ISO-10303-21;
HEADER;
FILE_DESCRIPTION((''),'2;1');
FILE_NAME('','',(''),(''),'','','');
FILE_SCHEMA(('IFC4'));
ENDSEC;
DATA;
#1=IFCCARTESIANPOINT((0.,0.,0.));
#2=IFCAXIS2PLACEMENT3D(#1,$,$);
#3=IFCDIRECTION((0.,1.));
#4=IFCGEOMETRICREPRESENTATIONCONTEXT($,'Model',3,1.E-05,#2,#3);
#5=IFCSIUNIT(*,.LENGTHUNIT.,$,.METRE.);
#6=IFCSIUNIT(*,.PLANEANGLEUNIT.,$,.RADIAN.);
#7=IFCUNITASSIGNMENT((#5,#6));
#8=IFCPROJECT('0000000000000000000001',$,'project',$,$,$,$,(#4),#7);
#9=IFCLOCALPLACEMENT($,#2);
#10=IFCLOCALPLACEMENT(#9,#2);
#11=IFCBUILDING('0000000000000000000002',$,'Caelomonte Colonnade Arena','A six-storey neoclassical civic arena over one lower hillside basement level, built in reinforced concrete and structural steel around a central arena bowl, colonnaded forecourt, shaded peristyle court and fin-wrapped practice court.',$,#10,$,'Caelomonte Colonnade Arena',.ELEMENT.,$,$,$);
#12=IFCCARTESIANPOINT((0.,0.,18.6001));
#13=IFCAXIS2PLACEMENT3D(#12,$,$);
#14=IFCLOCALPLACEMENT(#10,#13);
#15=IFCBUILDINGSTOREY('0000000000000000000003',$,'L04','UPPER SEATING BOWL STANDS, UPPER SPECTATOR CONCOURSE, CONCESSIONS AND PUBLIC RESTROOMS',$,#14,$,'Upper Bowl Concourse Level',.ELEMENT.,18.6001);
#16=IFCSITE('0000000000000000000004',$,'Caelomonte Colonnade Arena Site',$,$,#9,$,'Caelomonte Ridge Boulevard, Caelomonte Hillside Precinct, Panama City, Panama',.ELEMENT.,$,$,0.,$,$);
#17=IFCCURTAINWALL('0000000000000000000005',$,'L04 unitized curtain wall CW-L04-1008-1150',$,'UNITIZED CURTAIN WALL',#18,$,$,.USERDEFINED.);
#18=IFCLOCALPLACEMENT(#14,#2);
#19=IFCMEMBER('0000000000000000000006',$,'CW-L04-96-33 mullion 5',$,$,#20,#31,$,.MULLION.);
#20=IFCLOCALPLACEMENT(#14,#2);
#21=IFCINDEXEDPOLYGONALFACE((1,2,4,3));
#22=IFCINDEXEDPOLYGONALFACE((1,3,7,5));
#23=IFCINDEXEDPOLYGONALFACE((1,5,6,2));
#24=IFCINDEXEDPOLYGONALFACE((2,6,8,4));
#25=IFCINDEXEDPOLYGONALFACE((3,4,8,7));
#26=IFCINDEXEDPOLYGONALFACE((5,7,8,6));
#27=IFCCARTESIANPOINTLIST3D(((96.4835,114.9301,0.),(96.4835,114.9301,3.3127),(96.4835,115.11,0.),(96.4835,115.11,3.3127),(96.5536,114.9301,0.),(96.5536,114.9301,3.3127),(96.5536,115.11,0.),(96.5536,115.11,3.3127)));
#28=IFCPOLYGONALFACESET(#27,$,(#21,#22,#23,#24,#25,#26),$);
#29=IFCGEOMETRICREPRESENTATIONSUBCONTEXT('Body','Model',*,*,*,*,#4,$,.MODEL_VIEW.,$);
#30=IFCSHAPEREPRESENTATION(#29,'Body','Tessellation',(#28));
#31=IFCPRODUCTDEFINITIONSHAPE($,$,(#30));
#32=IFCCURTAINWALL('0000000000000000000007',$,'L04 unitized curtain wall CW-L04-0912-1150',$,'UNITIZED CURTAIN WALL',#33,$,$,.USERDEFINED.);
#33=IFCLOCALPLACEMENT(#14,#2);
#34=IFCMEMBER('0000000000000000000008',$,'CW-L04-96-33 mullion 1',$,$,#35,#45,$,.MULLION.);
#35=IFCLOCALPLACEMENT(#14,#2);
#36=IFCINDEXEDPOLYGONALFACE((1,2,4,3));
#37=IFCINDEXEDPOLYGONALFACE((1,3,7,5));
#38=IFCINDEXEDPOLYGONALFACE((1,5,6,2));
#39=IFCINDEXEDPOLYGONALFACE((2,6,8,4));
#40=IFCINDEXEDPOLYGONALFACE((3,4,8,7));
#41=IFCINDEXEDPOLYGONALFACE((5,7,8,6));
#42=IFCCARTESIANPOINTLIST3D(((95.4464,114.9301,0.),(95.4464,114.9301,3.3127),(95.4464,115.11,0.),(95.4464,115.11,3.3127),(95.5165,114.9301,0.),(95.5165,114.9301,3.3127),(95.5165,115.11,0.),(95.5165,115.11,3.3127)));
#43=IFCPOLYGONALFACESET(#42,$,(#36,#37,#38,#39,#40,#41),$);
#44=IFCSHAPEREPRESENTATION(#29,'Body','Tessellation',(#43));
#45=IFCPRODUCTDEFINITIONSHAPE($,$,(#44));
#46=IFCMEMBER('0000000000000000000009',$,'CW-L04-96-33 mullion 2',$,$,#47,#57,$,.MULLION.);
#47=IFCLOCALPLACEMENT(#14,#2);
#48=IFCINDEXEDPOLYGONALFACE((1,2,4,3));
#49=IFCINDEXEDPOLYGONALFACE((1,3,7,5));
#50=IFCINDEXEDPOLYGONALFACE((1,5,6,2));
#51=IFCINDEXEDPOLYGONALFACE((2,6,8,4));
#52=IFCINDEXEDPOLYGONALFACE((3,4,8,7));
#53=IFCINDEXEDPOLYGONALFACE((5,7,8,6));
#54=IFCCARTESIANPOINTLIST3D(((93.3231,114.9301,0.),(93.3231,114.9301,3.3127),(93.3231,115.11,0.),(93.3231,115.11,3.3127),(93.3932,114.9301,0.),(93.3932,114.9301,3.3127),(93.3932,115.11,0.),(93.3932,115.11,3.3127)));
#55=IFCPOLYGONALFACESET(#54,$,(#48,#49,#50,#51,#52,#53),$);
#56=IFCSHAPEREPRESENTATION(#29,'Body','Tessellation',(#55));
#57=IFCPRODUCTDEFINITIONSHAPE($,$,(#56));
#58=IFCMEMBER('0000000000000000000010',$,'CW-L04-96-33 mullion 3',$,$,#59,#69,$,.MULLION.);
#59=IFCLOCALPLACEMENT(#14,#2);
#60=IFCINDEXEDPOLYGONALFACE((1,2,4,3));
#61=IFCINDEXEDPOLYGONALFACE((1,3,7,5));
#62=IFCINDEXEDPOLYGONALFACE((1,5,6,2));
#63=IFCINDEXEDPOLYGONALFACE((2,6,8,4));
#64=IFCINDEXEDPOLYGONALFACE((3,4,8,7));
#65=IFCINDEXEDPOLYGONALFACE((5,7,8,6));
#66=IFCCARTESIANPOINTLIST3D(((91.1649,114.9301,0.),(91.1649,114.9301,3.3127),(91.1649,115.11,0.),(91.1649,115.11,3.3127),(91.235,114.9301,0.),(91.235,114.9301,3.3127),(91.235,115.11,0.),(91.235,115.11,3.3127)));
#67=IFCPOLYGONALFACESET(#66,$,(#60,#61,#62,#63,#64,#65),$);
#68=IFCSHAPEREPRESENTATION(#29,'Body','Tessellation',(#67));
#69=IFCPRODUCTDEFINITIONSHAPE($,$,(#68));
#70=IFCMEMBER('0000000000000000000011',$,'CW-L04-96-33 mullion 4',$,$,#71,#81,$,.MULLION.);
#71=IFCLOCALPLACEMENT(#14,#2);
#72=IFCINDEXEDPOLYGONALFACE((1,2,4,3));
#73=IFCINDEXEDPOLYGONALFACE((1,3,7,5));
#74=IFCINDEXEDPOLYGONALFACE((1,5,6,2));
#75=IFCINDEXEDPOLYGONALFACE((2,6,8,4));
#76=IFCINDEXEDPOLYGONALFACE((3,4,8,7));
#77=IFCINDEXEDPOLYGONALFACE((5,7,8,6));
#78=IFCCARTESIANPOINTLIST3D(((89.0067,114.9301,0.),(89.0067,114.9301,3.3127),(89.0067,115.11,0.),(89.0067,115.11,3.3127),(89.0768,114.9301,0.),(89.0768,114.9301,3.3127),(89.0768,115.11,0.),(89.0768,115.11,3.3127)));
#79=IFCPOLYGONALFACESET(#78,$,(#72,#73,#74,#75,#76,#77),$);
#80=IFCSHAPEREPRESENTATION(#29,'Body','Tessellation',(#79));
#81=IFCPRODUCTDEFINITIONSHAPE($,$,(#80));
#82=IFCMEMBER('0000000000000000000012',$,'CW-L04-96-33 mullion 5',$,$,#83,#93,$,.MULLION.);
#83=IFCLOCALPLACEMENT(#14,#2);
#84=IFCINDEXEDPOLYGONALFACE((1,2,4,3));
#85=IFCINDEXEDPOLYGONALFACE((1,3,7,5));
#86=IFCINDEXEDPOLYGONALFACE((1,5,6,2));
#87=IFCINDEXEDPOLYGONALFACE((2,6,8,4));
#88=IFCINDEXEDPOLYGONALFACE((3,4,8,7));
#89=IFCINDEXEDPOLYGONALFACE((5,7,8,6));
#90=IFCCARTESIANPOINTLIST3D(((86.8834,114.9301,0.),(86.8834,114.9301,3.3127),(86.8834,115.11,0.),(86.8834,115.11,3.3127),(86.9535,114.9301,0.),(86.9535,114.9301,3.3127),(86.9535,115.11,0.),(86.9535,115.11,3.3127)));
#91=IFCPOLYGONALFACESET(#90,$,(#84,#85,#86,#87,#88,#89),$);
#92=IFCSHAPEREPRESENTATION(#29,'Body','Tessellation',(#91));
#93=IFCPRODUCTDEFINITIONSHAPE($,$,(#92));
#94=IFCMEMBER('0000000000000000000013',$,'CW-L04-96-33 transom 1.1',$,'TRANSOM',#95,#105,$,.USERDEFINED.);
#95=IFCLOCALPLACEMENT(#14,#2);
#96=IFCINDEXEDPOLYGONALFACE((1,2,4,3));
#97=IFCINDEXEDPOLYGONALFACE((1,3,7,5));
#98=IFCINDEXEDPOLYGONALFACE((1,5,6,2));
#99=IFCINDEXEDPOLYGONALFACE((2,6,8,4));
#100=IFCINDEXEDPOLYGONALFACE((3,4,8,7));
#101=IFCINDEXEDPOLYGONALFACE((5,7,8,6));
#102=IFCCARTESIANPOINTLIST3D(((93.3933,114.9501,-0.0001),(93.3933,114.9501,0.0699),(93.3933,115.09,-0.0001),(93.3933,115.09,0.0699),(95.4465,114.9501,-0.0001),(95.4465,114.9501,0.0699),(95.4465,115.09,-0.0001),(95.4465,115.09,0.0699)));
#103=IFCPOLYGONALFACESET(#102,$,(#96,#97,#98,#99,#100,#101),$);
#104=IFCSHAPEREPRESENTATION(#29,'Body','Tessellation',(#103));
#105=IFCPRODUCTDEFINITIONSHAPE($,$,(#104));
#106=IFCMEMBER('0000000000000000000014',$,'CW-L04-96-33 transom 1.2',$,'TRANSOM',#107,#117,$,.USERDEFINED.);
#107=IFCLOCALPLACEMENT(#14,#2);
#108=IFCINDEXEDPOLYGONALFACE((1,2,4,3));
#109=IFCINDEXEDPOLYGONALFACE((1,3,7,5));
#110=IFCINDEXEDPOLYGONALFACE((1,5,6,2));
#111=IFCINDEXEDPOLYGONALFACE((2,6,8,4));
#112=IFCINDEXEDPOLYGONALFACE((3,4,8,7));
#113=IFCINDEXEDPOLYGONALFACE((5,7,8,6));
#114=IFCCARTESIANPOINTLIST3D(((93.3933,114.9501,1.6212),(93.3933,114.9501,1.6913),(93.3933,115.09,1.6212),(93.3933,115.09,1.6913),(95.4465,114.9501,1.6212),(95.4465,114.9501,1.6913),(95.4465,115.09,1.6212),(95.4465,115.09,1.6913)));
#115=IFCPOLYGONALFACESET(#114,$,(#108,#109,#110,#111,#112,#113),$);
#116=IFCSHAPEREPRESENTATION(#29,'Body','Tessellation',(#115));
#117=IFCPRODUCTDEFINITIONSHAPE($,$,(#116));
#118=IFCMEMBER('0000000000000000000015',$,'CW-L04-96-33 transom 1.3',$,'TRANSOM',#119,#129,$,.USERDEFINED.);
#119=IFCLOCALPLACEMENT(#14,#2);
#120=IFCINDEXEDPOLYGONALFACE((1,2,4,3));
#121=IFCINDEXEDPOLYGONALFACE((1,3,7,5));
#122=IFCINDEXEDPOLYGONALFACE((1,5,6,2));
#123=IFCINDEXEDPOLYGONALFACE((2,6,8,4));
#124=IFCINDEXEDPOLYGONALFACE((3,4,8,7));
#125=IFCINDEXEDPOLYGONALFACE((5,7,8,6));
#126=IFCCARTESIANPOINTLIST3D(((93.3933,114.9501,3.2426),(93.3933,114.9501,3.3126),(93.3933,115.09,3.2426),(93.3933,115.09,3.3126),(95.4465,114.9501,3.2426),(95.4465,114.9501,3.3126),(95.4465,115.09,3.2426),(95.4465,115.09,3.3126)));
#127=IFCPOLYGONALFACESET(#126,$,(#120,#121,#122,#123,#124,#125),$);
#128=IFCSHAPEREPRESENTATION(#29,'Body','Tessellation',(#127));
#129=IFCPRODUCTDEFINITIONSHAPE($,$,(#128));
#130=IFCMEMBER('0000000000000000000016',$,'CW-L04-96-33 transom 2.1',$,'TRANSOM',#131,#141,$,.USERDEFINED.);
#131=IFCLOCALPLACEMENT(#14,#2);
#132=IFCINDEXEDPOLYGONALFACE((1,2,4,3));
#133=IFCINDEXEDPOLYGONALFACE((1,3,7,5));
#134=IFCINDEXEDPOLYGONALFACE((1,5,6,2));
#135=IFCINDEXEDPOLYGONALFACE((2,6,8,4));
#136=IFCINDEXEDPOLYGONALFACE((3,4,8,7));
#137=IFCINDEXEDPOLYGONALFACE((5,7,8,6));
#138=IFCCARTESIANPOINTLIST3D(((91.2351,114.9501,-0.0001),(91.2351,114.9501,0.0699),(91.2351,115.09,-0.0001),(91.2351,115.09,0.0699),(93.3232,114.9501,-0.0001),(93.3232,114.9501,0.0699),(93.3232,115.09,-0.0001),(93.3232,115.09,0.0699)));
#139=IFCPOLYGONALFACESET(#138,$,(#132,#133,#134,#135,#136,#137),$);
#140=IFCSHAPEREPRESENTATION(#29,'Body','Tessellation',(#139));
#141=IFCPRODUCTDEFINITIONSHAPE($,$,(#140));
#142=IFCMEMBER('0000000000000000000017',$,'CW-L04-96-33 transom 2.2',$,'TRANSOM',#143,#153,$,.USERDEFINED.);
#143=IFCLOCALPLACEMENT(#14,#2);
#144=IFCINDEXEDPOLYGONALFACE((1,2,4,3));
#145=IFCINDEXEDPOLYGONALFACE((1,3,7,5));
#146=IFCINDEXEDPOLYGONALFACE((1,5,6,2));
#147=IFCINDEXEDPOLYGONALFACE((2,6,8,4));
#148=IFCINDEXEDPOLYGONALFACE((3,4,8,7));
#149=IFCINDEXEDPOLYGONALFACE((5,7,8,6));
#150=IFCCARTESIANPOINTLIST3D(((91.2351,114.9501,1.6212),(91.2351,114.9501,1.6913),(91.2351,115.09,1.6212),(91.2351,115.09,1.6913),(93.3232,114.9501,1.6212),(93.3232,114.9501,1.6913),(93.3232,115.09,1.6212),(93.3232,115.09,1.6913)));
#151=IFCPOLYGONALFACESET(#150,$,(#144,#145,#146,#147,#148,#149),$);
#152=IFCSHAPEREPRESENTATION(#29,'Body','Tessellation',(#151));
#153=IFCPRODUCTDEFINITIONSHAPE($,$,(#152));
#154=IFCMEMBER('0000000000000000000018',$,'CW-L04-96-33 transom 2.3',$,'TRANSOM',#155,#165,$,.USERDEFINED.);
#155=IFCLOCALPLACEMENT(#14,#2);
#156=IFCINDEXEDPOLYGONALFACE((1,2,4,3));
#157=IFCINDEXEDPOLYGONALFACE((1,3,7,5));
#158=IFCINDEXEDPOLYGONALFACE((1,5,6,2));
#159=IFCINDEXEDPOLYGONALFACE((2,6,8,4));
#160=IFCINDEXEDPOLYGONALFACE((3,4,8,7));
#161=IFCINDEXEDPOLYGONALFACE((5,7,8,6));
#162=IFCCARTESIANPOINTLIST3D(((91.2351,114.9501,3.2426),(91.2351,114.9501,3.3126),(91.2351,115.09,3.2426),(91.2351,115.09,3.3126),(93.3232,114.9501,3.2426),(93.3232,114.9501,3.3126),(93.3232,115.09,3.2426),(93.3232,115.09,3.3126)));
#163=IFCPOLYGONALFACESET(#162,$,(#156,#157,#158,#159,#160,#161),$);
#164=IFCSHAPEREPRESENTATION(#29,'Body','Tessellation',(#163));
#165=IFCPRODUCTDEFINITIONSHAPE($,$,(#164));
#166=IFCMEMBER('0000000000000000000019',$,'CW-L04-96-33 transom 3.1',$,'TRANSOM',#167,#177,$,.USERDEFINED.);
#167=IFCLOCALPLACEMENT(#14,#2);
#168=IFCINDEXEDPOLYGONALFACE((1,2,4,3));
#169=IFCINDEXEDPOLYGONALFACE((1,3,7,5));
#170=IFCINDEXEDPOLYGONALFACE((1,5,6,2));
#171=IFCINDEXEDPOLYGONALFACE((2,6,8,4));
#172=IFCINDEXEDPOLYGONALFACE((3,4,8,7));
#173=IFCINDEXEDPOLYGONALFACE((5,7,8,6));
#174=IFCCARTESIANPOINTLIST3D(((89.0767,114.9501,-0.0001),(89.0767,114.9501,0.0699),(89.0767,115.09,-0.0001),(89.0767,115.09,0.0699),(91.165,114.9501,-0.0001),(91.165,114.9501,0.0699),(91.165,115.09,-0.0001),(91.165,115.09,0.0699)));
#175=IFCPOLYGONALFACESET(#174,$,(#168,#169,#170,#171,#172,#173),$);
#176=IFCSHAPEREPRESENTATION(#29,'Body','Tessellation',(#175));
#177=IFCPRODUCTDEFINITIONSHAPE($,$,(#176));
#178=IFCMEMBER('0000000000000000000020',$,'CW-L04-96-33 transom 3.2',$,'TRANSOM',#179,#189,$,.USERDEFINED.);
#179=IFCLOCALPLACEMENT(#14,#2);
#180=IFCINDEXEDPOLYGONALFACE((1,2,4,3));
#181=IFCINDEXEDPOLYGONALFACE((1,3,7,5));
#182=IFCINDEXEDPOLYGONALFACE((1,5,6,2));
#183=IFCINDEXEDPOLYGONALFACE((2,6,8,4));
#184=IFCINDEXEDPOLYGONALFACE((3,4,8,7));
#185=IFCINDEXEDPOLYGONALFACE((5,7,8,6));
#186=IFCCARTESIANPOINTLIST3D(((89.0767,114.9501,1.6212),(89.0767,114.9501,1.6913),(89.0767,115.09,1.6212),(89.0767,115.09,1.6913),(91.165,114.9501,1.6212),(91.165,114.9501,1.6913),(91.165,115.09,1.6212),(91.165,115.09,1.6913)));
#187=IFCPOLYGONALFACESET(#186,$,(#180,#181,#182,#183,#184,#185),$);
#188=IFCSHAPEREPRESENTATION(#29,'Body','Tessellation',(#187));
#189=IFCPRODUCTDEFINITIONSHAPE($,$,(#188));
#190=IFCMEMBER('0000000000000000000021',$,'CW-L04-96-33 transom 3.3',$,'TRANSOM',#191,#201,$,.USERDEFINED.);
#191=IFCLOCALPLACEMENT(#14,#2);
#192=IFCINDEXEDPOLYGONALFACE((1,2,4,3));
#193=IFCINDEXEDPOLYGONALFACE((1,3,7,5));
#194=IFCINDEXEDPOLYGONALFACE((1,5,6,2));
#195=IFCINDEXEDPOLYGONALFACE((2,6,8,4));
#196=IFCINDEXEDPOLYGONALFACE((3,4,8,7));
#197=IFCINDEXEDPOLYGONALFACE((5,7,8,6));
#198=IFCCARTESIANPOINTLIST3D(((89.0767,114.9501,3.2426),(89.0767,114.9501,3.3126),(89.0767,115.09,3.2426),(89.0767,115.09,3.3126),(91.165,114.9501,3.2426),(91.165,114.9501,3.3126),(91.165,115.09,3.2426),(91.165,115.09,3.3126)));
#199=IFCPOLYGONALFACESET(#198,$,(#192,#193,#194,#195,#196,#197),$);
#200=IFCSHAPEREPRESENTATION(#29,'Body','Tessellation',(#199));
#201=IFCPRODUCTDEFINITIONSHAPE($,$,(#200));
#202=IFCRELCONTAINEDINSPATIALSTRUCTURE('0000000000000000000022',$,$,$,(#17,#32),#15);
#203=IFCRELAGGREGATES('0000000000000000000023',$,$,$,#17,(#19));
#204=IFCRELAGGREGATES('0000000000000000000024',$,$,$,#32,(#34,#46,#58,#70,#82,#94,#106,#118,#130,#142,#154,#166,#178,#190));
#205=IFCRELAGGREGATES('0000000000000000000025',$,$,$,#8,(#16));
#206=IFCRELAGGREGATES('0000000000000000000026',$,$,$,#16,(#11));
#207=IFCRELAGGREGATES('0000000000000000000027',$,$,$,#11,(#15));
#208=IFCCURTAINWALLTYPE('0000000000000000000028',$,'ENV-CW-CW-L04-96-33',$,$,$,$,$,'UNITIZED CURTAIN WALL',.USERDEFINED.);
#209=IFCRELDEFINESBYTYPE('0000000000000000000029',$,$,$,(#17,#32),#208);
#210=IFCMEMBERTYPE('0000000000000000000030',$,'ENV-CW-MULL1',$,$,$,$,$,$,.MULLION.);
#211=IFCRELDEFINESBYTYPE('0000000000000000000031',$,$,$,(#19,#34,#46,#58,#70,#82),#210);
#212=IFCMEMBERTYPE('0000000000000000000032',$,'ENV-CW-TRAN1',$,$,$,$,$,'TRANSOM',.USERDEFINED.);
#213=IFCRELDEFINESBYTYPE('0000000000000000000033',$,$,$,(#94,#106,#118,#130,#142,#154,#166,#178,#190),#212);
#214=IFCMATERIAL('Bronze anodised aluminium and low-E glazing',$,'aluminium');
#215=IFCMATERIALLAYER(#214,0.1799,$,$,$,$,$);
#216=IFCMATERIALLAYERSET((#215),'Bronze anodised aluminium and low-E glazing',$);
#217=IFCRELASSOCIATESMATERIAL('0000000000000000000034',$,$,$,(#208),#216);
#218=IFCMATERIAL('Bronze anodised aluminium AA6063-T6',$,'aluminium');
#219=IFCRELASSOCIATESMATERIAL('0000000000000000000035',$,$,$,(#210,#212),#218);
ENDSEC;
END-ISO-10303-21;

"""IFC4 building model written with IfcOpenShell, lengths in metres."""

from ifc_helpers import new_model, si_unit, direction, frame, origin, origin_2d, place, context, subcontext, project, spatial, rectangle, extrude, material, layer, layer_set, material_profile, profile_set, type_object, element, aggregate, save


model = new_model("IFC4")

# Units and contexts
model_context = context("Model", 3, precision=1e-05, world=origin(), true_north=direction((0.0, 1.0)))
body_context = subcontext(model_context, "Body", "Model", "MODEL_VIEW")
ifc_project = project(units=[si_unit("LENGTHUNIT", "METRE"), si_unit("PLANEANGLEUNIT", "RADIAN")], contexts=[model_context])

# Site, building, storey
site_placement = place(None, origin())
site = spatial("IfcSite", under=ifc_project, at=site_placement, Name="Caelomonte Colonnade Arena Site", LongName="Caelomonte Ridge Boulevard, Caelomonte Hillside Precinct, Panama City, Panama", CompositionType="ELEMENT", RefElevation=0.0)
building_placement = place(site_placement, origin())
building = spatial("IfcBuilding", under=site, at=building_placement, Name="Caelomonte Colonnade Arena", Description="A six-storey neoclassical civic arena over one lower hillside basement level, built in reinforced concrete and structural steel around a central arena bowl, colonnaded forecourt, shaded peristyle court and fin-wrapped practice court.", LongName="Caelomonte Colonnade Arena", CompositionType="ELEMENT")
storey_placement = place(building_placement, frame((0.0, 0.0, 18.6001)))
storey = spatial("IfcBuildingStorey", under=building, at=storey_placement, Name="L04", Description="UPPER SEATING BOWL STANDS, UPPER SPECTATOR CONCOURSE, CONCESSIONS AND PUBLIC RESTROOMS", LongName="Upper Bowl Concourse Level", CompositionType="ELEMENT", Elevation=18.6001)

# Curtain wall, member
ifc_material_1 = material(Name="Bronze anodised aluminium and low-E glazing", Category="aluminium")
ifc_layer_1 = layer(ifc_material_1, 0.1799)
ifc_layer_set_1 = layer_set([ifc_layer_1], Name="Bronze anodised aluminium and low-E glazing")
curtain_wall_type = type_object("IfcCurtainWallType", Name="ENV-CW-CW-L04-96-33", ElementType="UNITIZED CURTAIN WALL", PredefinedType="USERDEFINED", material=ifc_layer_set_1)
curtain_wall_1_placement = place(storey_placement, origin())
curtain_wall_1 = element("IfcCurtainWall", 1, at=curtain_wall_1_placement, inside=storey, type_object=curtain_wall_type, Name="L04 unitized curtain wall CW-L04-1008-1150", ObjectType="UNITIZED CURTAIN WALL", PredefinedType="USERDEFINED")
ifc_material_2 = material(Name="Bronze anodised aluminium AA6063-T6", Category="aluminium")
ifc_material_profile_1 = material_profile(ifc_material_2, rectangle(XDim=0.0701, YDim=0.1799, at=origin_2d()), Name="CWM-70X180")
ifc_profile_set_1 = profile_set([ifc_material_profile_1], Name="Bronze anodised aluminium AA6063-T6")
member_type_1 = type_object("IfcMemberType", Name="ENV-CW-MULL1", PredefinedType="MULLION", material=ifc_profile_set_1)
member_1_placement = place(storey_placement, frame((96.5186, 115.02, 0.0), z_axis=(0.0, 0.0, 1.0), x_axis=(-1.0, 0.0, 0.0)))
member_1 = element("IfcMember", 2, at=member_1_placement, type_object=member_type_1, Name="CW-L04-96-33 mullion 5", PredefinedType="MULLION", context=body_context, shape_type="SweptSolid", body=[
    extrude(rectangle(XDim=0.0701, YDim=0.1799, at=origin_2d()), origin(), (0.0, 0.0, 1.0), 3.3127),
])

# Curtain wall, members
curtain_wall_2_placement = place(storey_placement, origin())
curtain_wall_2 = element("IfcCurtainWall", 3, at=curtain_wall_2_placement, inside=storey, type_object=curtain_wall_type, Name="L04 unitized curtain wall CW-L04-0912-1150", ObjectType="UNITIZED CURTAIN WALL", PredefinedType="USERDEFINED")
member_2_placement = place(storey_placement, frame((95.4814, 115.02, 0.0), z_axis=(0.0, 0.0, 1.0), x_axis=(-1.0, 0.0, 0.0)))
member_2 = element("IfcMember", 4, at=member_2_placement, type_object=member_type_1, Name="CW-L04-96-33 mullion 1", PredefinedType="MULLION", context=body_context, shape_type="SweptSolid", body=[
    extrude(rectangle(XDim=0.0701, YDim=0.1799, at=origin_2d()), origin(), (0.0, 0.0, 1.0), 3.3127),
])
member_3_placement = place(storey_placement, frame((93.3582, 115.02, 0.0), z_axis=(0.0, 0.0, 1.0), x_axis=(-1.0, 0.0, 0.0)))
member_3 = element("IfcMember", 5, at=member_3_placement, type_object=member_type_1, Name="CW-L04-96-33 mullion 2", PredefinedType="MULLION", context=body_context, shape_type="SweptSolid", body=[
    extrude(rectangle(XDim=0.0701, YDim=0.1799, at=origin_2d()), origin(), (0.0, 0.0, 1.0), 3.3127),
])
member_4_placement = place(storey_placement, frame((91.2, 115.02, 0.0), z_axis=(0.0, 0.0, 1.0), x_axis=(-1.0, 0.0, 0.0)))
member_4 = element("IfcMember", 6, at=member_4_placement, type_object=member_type_1, Name="CW-L04-96-33 mullion 3", PredefinedType="MULLION", context=body_context, shape_type="SweptSolid", body=[
    extrude(rectangle(XDim=0.0701, YDim=0.1799, at=origin_2d()), origin(), (0.0, 0.0, 1.0), 3.3127),
])
member_5_placement = place(storey_placement, frame((89.0417, 115.02, 0.0), z_axis=(0.0, 0.0, 1.0), x_axis=(-1.0, 0.0, 0.0)))
member_5 = element("IfcMember", 7, at=member_5_placement, type_object=member_type_1, Name="CW-L04-96-33 mullion 4", PredefinedType="MULLION", context=body_context, shape_type="SweptSolid", body=[
    extrude(rectangle(XDim=0.0701, YDim=0.1799, at=origin_2d()), origin(), (0.0, 0.0, 1.0), 3.3127),
])
member_6_placement = place(storey_placement, frame((86.9185, 115.02, 0.0), z_axis=(0.0, 0.0, 1.0), x_axis=(-1.0, 0.0, 0.0)))
member_6 = element("IfcMember", 8, at=member_6_placement, type_object=member_type_1, Name="CW-L04-96-33 mullion 5", PredefinedType="MULLION", context=body_context, shape_type="SweptSolid", body=[
    extrude(rectangle(XDim=0.0701, YDim=0.1799, at=origin_2d()), origin(), (0.0, 0.0, 1.0), 3.3127),
])
ifc_material_profile_2 = material_profile(ifc_material_2, rectangle(XDim=0.0701, YDim=0.1399, at=origin_2d()), Name="CWT-70X140")
ifc_profile_set_2 = profile_set([ifc_material_profile_2], Name="Bronze anodised aluminium AA6063-T6")
member_type_2 = type_object("IfcMemberType", Name="ENV-CW-TRAN1", ElementType="TRANSOM", PredefinedType="USERDEFINED", material=ifc_profile_set_2)
member_7_placement = place(storey_placement, frame((95.4465, 115.02, 0.0349), z_axis=(-1.0, 0.0, 0.0), x_axis=(0.0, 0.0, 1.0)))
member_7 = element("IfcMember", 9, at=member_7_placement, type_object=member_type_2, Name="CW-L04-96-33 transom 1.1", ObjectType="TRANSOM", PredefinedType="USERDEFINED", context=body_context, shape_type="SweptSolid", body=[
    extrude(rectangle(XDim=0.0701, YDim=0.1399, at=origin_2d()), origin(), (0.0, 0.0, 1.0), 2.0532),
])
member_8_placement = place(storey_placement, frame((95.4465, 115.02, 1.6562), z_axis=(-1.0, 0.0, 0.0), x_axis=(0.0, 0.0, 1.0)))
member_8 = element("IfcMember", 10, at=member_8_placement, type_object=member_type_2, Name="CW-L04-96-33 transom 1.2", ObjectType="TRANSOM", PredefinedType="USERDEFINED", context=body_context, shape_type="SweptSolid", body=[
    extrude(rectangle(XDim=0.0701, YDim=0.1399, at=origin_2d()), origin(), (0.0, 0.0, 1.0), 2.0532),
])
member_9_placement = place(storey_placement, frame((95.4465, 115.02, 3.2776), z_axis=(-1.0, 0.0, 0.0), x_axis=(0.0, 0.0, 1.0)))
member_9 = element("IfcMember", 11, at=member_9_placement, type_object=member_type_2, Name="CW-L04-96-33 transom 1.3", ObjectType="TRANSOM", PredefinedType="USERDEFINED", context=body_context, shape_type="SweptSolid", body=[
    extrude(rectangle(XDim=0.0701, YDim=0.1399, at=origin_2d()), origin(), (0.0, 0.0, 1.0), 2.0532),
])
member_10_placement = place(storey_placement, frame((93.3232, 115.02, 0.0349), z_axis=(-1.0, 0.0, 0.0), x_axis=(0.0, 0.0, 1.0)))
member_10 = element("IfcMember", 12, at=member_10_placement, type_object=member_type_2, Name="CW-L04-96-33 transom 2.1", ObjectType="TRANSOM", PredefinedType="USERDEFINED", context=body_context, shape_type="SweptSolid", body=[
    extrude(rectangle(XDim=0.0701, YDim=0.1399, at=origin_2d()), origin(), (0.0, 0.0, 1.0), 2.0881),
])
member_11_placement = place(storey_placement, frame((93.3232, 115.02, 1.6562), z_axis=(-1.0, 0.0, 0.0), x_axis=(0.0, 0.0, 1.0)))
member_11 = element("IfcMember", 13, at=member_11_placement, type_object=member_type_2, Name="CW-L04-96-33 transom 2.2", ObjectType="TRANSOM", PredefinedType="USERDEFINED", context=body_context, shape_type="SweptSolid", body=[
    extrude(rectangle(XDim=0.0701, YDim=0.1399, at=origin_2d()), origin(), (0.0, 0.0, 1.0), 2.0881),
])
member_12_placement = place(storey_placement, frame((93.3232, 115.02, 3.2776), z_axis=(-1.0, 0.0, 0.0), x_axis=(0.0, 0.0, 1.0)))
member_12 = element("IfcMember", 14, at=member_12_placement, type_object=member_type_2, Name="CW-L04-96-33 transom 2.3", ObjectType="TRANSOM", PredefinedType="USERDEFINED", context=body_context, shape_type="SweptSolid", body=[
    extrude(rectangle(XDim=0.0701, YDim=0.1399, at=origin_2d()), origin(), (0.0, 0.0, 1.0), 2.0881),
])
member_13_placement = place(storey_placement, frame((91.165, 115.02, 0.0349), z_axis=(-1.0, 0.0, 0.0), x_axis=(0.0, 0.0, 1.0)))
member_13 = element("IfcMember", 15, at=member_13_placement, type_object=member_type_2, Name="CW-L04-96-33 transom 3.1", ObjectType="TRANSOM", PredefinedType="USERDEFINED", context=body_context, shape_type="SweptSolid", body=[
    extrude(rectangle(XDim=0.0701, YDim=0.1399, at=origin_2d()), origin(), (0.0, 0.0, 1.0), 2.0884),
])
member_14_placement = place(storey_placement, frame((91.165, 115.02, 1.6562), z_axis=(-1.0, 0.0, 0.0), x_axis=(0.0, 0.0, 1.0)))
member_14 = element("IfcMember", 16, at=member_14_placement, type_object=member_type_2, Name="CW-L04-96-33 transom 3.2", ObjectType="TRANSOM", PredefinedType="USERDEFINED", context=body_context, shape_type="SweptSolid", body=[
    extrude(rectangle(XDim=0.0701, YDim=0.1399, at=origin_2d()), origin(), (0.0, 0.0, 1.0), 2.0884),
])
member_15_placement = place(storey_placement, frame((91.165, 115.02, 3.2776), z_axis=(-1.0, 0.0, 0.0), x_axis=(0.0, 0.0, 1.0)))
member_15 = element("IfcMember", 17, at=member_15_placement, type_object=member_type_2, Name="CW-L04-96-33 transom 3.3", ObjectType="TRANSOM", PredefinedType="USERDEFINED", context=body_context, shape_type="SweptSolid", body=[
    extrude(rectangle(XDim=0.0701, YDim=0.1399, at=origin_2d()), origin(), (0.0, 0.0, 1.0), 2.0884),
])

aggregate(curtain_wall_1, [member_1])
aggregate(curtain_wall_2, [member_2, member_3, member_4, member_5, member_6, member_7, member_8, member_9, member_10, member_11, member_12, member_13, member_14, member_15])

save(model, "model.ifc")
